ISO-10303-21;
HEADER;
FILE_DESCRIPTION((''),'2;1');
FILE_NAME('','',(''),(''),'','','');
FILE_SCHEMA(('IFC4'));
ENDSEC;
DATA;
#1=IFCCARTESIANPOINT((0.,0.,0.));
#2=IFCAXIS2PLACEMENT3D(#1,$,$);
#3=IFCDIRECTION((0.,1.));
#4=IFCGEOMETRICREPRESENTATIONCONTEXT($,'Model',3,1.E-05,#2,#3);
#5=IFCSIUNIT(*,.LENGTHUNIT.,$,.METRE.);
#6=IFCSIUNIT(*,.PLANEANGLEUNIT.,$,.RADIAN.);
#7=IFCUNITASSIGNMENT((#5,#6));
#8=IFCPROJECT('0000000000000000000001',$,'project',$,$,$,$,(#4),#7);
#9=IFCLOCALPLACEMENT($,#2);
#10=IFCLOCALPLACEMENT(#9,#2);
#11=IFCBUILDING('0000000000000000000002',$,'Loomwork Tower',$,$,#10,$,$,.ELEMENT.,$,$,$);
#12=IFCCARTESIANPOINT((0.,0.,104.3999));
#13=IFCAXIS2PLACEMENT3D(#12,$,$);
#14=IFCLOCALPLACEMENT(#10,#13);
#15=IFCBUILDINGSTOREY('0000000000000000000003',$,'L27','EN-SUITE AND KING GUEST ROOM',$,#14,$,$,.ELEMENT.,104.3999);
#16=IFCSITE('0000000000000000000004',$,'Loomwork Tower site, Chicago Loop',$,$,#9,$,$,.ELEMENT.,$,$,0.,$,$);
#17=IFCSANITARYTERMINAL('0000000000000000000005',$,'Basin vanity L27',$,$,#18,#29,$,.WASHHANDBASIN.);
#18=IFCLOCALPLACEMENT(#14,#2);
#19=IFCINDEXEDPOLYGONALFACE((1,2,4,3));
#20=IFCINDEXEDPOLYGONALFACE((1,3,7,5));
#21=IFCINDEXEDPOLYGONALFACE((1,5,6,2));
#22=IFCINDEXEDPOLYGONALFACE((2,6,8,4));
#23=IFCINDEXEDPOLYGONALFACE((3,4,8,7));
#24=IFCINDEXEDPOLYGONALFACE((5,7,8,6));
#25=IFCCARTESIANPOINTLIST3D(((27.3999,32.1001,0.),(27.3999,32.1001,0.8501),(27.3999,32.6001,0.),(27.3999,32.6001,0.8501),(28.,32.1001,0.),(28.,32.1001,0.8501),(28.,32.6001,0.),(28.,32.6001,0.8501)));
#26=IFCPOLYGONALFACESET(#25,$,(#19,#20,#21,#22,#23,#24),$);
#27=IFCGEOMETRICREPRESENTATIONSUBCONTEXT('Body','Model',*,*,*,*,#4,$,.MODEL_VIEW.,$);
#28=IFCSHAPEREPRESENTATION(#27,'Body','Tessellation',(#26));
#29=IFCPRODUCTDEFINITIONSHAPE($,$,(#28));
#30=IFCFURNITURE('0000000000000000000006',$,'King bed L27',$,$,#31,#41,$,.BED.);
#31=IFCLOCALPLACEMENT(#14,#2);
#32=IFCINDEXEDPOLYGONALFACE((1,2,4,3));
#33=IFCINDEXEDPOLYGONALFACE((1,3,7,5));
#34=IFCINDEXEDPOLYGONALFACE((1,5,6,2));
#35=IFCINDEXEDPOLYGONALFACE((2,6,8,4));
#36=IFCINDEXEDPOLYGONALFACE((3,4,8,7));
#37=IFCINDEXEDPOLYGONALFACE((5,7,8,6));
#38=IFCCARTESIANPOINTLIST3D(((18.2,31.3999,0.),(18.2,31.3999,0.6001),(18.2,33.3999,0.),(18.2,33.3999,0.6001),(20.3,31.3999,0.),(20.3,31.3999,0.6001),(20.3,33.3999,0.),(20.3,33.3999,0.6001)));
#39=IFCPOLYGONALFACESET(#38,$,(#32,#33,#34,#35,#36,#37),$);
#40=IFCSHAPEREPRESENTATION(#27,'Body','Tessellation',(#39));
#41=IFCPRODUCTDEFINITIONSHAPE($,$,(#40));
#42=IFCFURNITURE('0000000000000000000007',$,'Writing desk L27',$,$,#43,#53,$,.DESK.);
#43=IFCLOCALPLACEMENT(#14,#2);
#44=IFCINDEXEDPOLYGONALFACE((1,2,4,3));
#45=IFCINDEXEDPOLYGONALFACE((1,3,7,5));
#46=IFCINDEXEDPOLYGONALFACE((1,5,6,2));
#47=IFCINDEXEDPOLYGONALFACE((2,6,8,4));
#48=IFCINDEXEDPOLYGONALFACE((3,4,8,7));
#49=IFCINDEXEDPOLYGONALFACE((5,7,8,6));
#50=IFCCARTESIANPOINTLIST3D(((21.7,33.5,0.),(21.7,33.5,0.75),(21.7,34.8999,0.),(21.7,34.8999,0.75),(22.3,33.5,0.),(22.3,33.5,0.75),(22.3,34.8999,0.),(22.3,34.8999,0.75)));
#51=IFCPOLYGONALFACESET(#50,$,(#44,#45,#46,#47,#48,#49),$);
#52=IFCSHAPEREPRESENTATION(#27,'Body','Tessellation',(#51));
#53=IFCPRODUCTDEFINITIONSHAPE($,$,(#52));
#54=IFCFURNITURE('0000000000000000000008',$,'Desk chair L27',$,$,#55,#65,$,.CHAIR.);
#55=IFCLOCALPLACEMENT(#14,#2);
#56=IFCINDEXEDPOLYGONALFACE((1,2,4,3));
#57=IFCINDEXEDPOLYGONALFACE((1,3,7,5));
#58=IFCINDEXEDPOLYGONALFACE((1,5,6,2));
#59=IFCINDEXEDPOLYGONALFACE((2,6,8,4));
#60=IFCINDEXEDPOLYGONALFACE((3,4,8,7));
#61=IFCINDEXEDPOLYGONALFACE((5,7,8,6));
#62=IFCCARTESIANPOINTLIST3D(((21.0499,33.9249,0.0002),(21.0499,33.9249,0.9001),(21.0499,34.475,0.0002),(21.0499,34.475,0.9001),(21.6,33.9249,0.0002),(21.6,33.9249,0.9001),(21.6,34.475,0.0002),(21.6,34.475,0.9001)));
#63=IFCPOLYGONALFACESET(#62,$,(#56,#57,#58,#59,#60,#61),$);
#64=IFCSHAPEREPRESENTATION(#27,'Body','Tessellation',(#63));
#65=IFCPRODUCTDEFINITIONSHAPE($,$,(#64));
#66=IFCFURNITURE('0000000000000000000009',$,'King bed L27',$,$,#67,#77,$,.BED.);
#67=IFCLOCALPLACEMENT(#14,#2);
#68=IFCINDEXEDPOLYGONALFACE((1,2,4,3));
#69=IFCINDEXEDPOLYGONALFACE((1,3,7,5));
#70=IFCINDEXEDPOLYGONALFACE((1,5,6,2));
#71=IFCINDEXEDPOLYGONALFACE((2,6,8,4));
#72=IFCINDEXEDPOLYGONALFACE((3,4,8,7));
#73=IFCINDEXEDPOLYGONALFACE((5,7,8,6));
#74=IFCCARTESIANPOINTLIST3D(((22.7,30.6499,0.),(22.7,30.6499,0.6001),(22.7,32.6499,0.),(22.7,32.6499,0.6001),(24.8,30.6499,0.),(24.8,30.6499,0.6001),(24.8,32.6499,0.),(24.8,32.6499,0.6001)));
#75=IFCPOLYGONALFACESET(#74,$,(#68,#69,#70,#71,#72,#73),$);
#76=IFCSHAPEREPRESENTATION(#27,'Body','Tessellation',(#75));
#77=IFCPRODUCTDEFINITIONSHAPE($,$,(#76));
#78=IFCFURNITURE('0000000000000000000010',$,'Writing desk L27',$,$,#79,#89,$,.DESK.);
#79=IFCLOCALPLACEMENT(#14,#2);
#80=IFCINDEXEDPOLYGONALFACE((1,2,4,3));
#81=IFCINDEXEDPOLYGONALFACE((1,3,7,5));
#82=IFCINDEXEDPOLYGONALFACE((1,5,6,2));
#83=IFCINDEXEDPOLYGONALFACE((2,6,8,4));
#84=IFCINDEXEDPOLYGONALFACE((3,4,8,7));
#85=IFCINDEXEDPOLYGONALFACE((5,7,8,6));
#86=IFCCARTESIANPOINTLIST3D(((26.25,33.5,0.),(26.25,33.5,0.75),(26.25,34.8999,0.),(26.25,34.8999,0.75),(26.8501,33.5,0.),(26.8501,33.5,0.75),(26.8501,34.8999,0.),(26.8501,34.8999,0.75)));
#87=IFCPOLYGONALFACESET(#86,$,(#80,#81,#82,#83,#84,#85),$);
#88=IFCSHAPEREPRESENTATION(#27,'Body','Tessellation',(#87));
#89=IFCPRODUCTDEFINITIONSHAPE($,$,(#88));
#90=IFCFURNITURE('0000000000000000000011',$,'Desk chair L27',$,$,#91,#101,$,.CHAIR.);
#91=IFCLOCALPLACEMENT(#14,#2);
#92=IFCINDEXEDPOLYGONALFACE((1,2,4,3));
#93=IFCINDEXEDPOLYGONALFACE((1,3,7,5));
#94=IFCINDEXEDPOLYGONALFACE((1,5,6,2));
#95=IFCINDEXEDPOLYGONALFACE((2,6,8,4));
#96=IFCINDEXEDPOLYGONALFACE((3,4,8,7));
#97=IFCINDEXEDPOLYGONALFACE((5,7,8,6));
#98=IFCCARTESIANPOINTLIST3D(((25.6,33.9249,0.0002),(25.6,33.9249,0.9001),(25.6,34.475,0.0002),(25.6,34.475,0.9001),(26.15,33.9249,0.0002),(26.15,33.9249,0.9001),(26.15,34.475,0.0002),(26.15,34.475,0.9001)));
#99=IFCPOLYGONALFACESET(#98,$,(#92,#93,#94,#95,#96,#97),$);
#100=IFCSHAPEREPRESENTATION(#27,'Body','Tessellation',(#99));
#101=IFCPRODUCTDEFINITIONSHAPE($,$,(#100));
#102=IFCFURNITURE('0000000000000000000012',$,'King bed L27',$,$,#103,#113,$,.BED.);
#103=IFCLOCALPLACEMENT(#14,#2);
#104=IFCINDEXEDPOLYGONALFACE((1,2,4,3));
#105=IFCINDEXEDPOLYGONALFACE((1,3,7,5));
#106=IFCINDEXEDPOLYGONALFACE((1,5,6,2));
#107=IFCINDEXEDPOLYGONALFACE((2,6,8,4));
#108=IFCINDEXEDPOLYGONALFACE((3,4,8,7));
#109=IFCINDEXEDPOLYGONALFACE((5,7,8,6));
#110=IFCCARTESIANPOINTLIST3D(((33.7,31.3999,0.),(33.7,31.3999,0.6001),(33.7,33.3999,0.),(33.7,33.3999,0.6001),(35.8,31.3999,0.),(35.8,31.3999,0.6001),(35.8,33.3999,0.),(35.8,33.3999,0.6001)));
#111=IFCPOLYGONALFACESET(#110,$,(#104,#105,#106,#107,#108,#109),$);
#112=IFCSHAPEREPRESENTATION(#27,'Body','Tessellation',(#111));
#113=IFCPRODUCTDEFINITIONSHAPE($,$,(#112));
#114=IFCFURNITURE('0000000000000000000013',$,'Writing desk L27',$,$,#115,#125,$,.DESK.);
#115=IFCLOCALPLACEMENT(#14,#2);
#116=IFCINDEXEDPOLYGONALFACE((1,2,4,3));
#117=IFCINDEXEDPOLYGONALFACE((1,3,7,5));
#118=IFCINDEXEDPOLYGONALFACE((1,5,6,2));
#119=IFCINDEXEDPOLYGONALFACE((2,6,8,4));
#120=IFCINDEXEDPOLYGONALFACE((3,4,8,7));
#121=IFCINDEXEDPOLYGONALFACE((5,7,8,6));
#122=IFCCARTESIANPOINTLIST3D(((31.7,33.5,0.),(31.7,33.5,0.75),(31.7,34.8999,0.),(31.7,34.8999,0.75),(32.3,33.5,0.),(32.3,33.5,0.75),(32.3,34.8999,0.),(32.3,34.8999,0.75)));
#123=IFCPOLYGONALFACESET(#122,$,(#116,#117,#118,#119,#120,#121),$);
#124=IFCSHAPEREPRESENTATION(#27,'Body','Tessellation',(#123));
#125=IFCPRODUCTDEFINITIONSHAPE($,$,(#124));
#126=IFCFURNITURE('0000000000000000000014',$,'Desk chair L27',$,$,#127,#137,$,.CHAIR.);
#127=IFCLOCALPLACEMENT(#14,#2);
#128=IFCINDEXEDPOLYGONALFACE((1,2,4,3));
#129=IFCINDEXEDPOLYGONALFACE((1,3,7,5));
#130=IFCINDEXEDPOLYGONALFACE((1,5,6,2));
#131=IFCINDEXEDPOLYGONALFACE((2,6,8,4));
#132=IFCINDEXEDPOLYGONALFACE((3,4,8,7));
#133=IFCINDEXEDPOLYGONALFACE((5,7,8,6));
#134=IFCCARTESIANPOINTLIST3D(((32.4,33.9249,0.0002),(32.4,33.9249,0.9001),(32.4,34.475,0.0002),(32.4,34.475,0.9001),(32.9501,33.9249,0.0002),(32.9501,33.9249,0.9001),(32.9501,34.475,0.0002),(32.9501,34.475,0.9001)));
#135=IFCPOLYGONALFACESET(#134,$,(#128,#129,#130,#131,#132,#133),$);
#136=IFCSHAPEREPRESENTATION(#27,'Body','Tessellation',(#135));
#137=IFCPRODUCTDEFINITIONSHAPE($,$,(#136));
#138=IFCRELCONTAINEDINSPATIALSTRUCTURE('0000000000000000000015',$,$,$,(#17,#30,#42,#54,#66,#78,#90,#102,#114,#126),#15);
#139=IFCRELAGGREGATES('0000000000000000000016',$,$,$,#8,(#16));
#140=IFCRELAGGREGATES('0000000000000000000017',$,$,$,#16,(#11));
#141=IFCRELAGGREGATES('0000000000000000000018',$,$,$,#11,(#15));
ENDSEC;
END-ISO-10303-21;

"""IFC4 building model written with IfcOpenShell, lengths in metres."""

from ifc_helpers import new_model, si_unit, direction, frame, origin, origin_2d, place, context, subcontext, project, spatial, rectangle, extrude, element, save


model = new_model("IFC4")

# Units and contexts
model_context = context("Model", 3, precision=1e-05, world=origin(), true_north=direction((0.0, 1.0)))
body_context = subcontext(model_context, "Body", "Model", "MODEL_VIEW")
ifc_project = project(units=[si_unit("LENGTHUNIT", "METRE"), si_unit("PLANEANGLEUNIT", "RADIAN")], contexts=[model_context])

# Site, building, storey
site_placement = place(None, origin())
site = spatial("IfcSite", under=ifc_project, at=site_placement, Name="Loomwork Tower site, Chicago Loop", CompositionType="ELEMENT", RefElevation=0.0)
building_placement = place(site_placement, origin())
building = spatial("IfcBuilding", under=site, at=building_placement, Name="Loomwork Tower", CompositionType="ELEMENT")
storey_placement = place(building_placement, frame((0.0, 0.0, 104.3999)))
storey = spatial("IfcBuildingStorey", under=building, at=storey_placement, Name="L27", Description="EN-SUITE AND KING GUEST ROOM", CompositionType="ELEMENT", Elevation=104.3999)

# Sanitary terminal
sanitary_terminal_1_placement = place(storey_placement, frame((27.7, 32.3501, 0.0), z_axis=(0.0, 0.0, 1.0), x_axis=(1.0, 0.0, 0.0)))
element("IfcSanitaryTerminal", 1, at=sanitary_terminal_1_placement, inside=storey, Name="Basin vanity L27", PredefinedType="WASHHANDBASIN", context=body_context, shape_type="SweptSolid", body=[
    extrude(rectangle(XDim=0.6001, YDim=0.5, at=origin_2d()), origin(), (0.0, 0.0, 1.0), 0.8501),
])

# Furniture
furniture_1_placement = place(storey_placement, frame((19.25, 32.3999, 0.0), z_axis=(0.0, 0.0, 1.0), x_axis=(1.0, 0.0, 0.0)))
element("IfcFurniture", 2, at=furniture_1_placement, inside=storey, Name="King bed L27", PredefinedType="BED", context=body_context, shape_type="SweptSolid", body=[
    extrude(rectangle(XDim=2.1001, YDim=2.0, at=origin_2d()), origin(), (0.0, 0.0, 1.0), 0.6001),
])
furniture_2_placement = place(storey_placement, frame((22.0, 34.2, 0.0), z_axis=(0.0, 0.0, 1.0), x_axis=(1.0, 0.0, 0.0)))
element("IfcFurniture", 3, at=furniture_2_placement, inside=storey, Name="Writing desk L27", PredefinedType="DESK", context=body_context, shape_type="SweptSolid", body=[
    extrude(rectangle(XDim=0.6001, YDim=1.3999, at=origin_2d()), origin(), (0.0, 0.0, 1.0), 0.75),
])
furniture_3_placement = place(storey_placement, frame((21.325, 34.2, 0.0002), z_axis=(0.0, 0.0, 1.0), x_axis=(1.0, 0.0, 0.0)))
element("IfcFurniture", 4, at=furniture_3_placement, inside=storey, Name="Desk chair L27", PredefinedType="CHAIR", context=body_context, shape_type="SweptSolid", body=[
    extrude(rectangle(XDim=0.55, YDim=0.55, at=origin_2d()), origin(), (0.0, 0.0, 1.0), 0.8999),
])
furniture_4_placement = place(storey_placement, frame((23.75, 31.6499, 0.0), z_axis=(0.0, 0.0, 1.0), x_axis=(1.0, 0.0, 0.0)))
element("IfcFurniture", 5, at=furniture_4_placement, inside=storey, Name="King bed L27", PredefinedType="BED", context=body_context, shape_type="SweptSolid", body=[
    extrude(rectangle(XDim=2.1001, YDim=2.0, at=origin_2d()), origin(), (0.0, 0.0, 1.0), 0.6001),
])
furniture_5_placement = place(storey_placement, frame((26.55, 34.2, 0.0), z_axis=(0.0, 0.0, 1.0), x_axis=(1.0, 0.0, 0.0)))
element("IfcFurniture", 6, at=furniture_5_placement, inside=storey, Name="Writing desk L27", PredefinedType="DESK", context=body_context, shape_type="SweptSolid", body=[
    extrude(rectangle(XDim=0.6001, YDim=1.3999, at=origin_2d()), origin(), (0.0, 0.0, 1.0), 0.75),
])
furniture_6_placement = place(storey_placement, frame((25.875, 34.2, 0.0002), z_axis=(0.0, 0.0, 1.0), x_axis=(1.0, 0.0, 0.0)))
element("IfcFurniture", 7, at=furniture_6_placement, inside=storey, Name="Desk chair L27", PredefinedType="CHAIR", context=body_context, shape_type="SweptSolid", body=[
    extrude(rectangle(XDim=0.55, YDim=0.55, at=origin_2d()), origin(), (0.0, 0.0, 1.0), 0.8999),
])
furniture_7_placement = place(storey_placement, frame((34.75, 32.3999, 0.0), z_axis=(0.0, 0.0, 1.0), x_axis=(1.0, 0.0, 0.0)))
element("IfcFurniture", 8, at=furniture_7_placement, inside=storey, Name="King bed L27", PredefinedType="BED", context=body_context, shape_type="SweptSolid", body=[
    extrude(rectangle(XDim=2.1001, YDim=2.0, at=origin_2d()), origin(), (0.0, 0.0, 1.0), 0.6001),
])
furniture_8_placement = place(storey_placement, frame((32.0, 34.2, 0.0), z_axis=(0.0, 0.0, 1.0), x_axis=(1.0, 0.0, 0.0)))
element("IfcFurniture", 9, at=furniture_8_placement, inside=storey, Name="Writing desk L27", PredefinedType="DESK", context=body_context, shape_type="SweptSolid", body=[
    extrude(rectangle(XDim=0.6001, YDim=1.3999, at=origin_2d()), origin(), (0.0, 0.0, 1.0), 0.75),
])
furniture_9_placement = place(storey_placement, frame((32.675, 34.2, 0.0002), z_axis=(0.0, 0.0, 1.0), x_axis=(1.0, 0.0, 0.0)))
element("IfcFurniture", 10, at=furniture_9_placement, inside=storey, Name="Desk chair L27", PredefinedType="CHAIR", context=body_context, shape_type="SweptSolid", body=[
    extrude(rectangle(XDim=0.55, YDim=0.55, at=origin_2d()), origin(), (0.0, 0.0, 1.0), 0.8999),
])

save(model, "model.ifc")
